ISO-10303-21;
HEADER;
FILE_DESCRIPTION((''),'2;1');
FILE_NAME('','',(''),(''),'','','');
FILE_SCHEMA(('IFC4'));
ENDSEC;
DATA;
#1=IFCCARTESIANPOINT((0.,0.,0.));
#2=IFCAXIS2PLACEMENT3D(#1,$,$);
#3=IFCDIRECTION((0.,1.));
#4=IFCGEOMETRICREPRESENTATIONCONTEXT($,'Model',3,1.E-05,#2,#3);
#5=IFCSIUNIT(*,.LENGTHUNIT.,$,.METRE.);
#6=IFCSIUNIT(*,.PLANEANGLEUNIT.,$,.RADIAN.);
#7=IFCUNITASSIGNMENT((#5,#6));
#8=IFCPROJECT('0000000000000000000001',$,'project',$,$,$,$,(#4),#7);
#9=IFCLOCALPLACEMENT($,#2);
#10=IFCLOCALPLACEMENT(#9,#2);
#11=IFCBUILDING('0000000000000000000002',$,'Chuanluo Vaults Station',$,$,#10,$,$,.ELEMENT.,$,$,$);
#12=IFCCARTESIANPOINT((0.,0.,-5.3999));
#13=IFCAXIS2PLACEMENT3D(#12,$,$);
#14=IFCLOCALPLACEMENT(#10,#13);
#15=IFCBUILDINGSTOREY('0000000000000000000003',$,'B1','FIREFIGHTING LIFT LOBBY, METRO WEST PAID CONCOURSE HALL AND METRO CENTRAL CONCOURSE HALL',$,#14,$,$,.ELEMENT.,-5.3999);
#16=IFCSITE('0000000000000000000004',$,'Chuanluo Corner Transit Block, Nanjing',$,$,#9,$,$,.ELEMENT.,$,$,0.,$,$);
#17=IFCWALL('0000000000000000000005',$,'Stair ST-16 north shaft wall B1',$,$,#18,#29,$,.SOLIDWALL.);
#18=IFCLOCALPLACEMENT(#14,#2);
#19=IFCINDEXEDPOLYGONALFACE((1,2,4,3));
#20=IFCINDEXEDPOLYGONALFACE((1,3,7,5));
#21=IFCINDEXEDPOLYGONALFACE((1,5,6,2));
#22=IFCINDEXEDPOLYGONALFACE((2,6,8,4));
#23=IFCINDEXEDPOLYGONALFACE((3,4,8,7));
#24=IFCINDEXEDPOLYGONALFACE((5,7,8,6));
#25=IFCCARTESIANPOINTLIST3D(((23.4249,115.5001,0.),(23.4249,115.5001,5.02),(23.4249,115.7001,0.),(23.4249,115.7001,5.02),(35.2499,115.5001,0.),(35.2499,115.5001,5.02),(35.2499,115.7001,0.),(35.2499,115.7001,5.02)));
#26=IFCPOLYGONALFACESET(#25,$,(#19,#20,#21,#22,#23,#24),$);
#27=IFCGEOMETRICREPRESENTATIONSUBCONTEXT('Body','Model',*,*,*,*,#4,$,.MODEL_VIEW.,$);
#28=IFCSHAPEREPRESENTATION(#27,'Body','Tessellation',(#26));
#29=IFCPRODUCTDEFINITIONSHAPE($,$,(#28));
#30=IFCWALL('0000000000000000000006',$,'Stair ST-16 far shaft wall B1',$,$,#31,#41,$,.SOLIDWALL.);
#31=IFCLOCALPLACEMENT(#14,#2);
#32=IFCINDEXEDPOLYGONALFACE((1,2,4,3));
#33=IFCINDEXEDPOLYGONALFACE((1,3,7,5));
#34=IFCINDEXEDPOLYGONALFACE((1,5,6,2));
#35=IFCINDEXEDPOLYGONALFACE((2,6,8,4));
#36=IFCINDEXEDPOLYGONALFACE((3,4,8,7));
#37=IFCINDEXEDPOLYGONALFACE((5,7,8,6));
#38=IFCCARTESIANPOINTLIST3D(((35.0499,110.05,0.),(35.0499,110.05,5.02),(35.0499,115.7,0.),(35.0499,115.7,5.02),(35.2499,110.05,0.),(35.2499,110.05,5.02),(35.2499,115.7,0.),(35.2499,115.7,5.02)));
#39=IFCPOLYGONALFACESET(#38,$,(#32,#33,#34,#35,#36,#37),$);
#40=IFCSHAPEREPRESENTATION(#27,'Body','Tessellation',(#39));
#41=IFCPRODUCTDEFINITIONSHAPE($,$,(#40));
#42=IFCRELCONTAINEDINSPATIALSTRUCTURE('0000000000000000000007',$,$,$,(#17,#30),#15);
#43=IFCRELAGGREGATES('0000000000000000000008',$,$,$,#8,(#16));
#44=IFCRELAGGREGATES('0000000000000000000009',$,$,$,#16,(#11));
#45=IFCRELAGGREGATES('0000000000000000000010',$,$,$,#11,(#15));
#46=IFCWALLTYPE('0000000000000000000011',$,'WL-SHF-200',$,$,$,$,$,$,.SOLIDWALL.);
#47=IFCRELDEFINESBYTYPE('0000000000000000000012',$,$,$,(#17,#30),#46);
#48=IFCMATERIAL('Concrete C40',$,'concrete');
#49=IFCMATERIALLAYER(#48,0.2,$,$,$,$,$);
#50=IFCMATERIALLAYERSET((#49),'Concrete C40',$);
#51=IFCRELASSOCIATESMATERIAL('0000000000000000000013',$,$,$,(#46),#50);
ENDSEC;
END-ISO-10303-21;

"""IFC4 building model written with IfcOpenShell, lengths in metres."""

from ifc_helpers import new_model, si_unit, direction, frame, frame_2d, origin, place, context, subcontext, project, spatial, rectangle, extrude, material, layer, layer_set, type_object, element, save


model = new_model("IFC4")

# Units and contexts
model_context = context("Model", 3, precision=1e-05, world=origin(), true_north=direction((0.0, 1.0)))
body_context = subcontext(model_context, "Body", "Model", "MODEL_VIEW")
ifc_project = project(units=[si_unit("LENGTHUNIT", "METRE"), si_unit("PLANEANGLEUNIT", "RADIAN")], contexts=[model_context])

# Site, building, storey
site_placement = place(None, origin())
site = spatial("IfcSite", under=ifc_project, at=site_placement, Name="Chuanluo Corner Transit Block, Nanjing", CompositionType="ELEMENT", RefElevation=0.0)
building_placement = place(site_placement, origin())
building = spatial("IfcBuilding", under=site, at=building_placement, Name="Chuanluo Vaults Station", CompositionType="ELEMENT")
storey_placement = place(building_placement, frame((0.0, 0.0, -5.3999)))
storey = spatial("IfcBuildingStorey", under=building, at=storey_placement, Name="B1", Description="FIREFIGHTING LIFT LOBBY, METRO WEST PAID CONCOURSE HALL AND METRO CENTRAL CONCOURSE HALL", CompositionType="ELEMENT", Elevation=-5.3999)

# Walls
ifc_material_1 = material(Name="Concrete C40", Category="concrete")
ifc_layer = layer(ifc_material_1, 0.2)
ifc_layer_set = layer_set([ifc_layer], Name="Concrete C40")
wall_type = type_object("IfcWallType", Name="WL-SHF-200", PredefinedType="SOLIDWALL", material=ifc_layer_set)
for number, where, z_axis, x_axis, name in (
    (1, (35.25, 115.6001, 0.0), (0.0, 0.0, 1.0), (-1.0, 0.0, 0.0), "Stair ST-16 north shaft wall B1"),
):
    element("IfcWall", number, at=place(storey_placement, frame(where, z_axis=z_axis, x_axis=x_axis)), inside=storey, type_object=wall_type, Name=name, PredefinedType="SOLIDWALL", context=body_context, shape_type="SweptSolid", body=[
        extrude(rectangle(XDim=11.825, YDim=0.2, at=frame_2d((5.9126, 0.0))), origin(), (0.0, 0.0, 1.0), 5.02),
    ])
wall_placement = place(storey_placement, frame((35.1499, 110.05, 0.0), z_axis=(0.0, 0.0, 1.0), x_axis=(0.0, 1.0, 0.0)))
element("IfcWall", 2, at=wall_placement, inside=storey, type_object=wall_type, Name="Stair ST-16 far shaft wall B1", PredefinedType="SOLIDWALL", context=body_context, shape_type="SweptSolid", body=[
    extrude(rectangle(XDim=5.6499, YDim=0.2, at=frame_2d((2.825, 0.0))), origin(), (0.0, 0.0, 1.0), 5.02),
])

save(model, "model.ifc")
